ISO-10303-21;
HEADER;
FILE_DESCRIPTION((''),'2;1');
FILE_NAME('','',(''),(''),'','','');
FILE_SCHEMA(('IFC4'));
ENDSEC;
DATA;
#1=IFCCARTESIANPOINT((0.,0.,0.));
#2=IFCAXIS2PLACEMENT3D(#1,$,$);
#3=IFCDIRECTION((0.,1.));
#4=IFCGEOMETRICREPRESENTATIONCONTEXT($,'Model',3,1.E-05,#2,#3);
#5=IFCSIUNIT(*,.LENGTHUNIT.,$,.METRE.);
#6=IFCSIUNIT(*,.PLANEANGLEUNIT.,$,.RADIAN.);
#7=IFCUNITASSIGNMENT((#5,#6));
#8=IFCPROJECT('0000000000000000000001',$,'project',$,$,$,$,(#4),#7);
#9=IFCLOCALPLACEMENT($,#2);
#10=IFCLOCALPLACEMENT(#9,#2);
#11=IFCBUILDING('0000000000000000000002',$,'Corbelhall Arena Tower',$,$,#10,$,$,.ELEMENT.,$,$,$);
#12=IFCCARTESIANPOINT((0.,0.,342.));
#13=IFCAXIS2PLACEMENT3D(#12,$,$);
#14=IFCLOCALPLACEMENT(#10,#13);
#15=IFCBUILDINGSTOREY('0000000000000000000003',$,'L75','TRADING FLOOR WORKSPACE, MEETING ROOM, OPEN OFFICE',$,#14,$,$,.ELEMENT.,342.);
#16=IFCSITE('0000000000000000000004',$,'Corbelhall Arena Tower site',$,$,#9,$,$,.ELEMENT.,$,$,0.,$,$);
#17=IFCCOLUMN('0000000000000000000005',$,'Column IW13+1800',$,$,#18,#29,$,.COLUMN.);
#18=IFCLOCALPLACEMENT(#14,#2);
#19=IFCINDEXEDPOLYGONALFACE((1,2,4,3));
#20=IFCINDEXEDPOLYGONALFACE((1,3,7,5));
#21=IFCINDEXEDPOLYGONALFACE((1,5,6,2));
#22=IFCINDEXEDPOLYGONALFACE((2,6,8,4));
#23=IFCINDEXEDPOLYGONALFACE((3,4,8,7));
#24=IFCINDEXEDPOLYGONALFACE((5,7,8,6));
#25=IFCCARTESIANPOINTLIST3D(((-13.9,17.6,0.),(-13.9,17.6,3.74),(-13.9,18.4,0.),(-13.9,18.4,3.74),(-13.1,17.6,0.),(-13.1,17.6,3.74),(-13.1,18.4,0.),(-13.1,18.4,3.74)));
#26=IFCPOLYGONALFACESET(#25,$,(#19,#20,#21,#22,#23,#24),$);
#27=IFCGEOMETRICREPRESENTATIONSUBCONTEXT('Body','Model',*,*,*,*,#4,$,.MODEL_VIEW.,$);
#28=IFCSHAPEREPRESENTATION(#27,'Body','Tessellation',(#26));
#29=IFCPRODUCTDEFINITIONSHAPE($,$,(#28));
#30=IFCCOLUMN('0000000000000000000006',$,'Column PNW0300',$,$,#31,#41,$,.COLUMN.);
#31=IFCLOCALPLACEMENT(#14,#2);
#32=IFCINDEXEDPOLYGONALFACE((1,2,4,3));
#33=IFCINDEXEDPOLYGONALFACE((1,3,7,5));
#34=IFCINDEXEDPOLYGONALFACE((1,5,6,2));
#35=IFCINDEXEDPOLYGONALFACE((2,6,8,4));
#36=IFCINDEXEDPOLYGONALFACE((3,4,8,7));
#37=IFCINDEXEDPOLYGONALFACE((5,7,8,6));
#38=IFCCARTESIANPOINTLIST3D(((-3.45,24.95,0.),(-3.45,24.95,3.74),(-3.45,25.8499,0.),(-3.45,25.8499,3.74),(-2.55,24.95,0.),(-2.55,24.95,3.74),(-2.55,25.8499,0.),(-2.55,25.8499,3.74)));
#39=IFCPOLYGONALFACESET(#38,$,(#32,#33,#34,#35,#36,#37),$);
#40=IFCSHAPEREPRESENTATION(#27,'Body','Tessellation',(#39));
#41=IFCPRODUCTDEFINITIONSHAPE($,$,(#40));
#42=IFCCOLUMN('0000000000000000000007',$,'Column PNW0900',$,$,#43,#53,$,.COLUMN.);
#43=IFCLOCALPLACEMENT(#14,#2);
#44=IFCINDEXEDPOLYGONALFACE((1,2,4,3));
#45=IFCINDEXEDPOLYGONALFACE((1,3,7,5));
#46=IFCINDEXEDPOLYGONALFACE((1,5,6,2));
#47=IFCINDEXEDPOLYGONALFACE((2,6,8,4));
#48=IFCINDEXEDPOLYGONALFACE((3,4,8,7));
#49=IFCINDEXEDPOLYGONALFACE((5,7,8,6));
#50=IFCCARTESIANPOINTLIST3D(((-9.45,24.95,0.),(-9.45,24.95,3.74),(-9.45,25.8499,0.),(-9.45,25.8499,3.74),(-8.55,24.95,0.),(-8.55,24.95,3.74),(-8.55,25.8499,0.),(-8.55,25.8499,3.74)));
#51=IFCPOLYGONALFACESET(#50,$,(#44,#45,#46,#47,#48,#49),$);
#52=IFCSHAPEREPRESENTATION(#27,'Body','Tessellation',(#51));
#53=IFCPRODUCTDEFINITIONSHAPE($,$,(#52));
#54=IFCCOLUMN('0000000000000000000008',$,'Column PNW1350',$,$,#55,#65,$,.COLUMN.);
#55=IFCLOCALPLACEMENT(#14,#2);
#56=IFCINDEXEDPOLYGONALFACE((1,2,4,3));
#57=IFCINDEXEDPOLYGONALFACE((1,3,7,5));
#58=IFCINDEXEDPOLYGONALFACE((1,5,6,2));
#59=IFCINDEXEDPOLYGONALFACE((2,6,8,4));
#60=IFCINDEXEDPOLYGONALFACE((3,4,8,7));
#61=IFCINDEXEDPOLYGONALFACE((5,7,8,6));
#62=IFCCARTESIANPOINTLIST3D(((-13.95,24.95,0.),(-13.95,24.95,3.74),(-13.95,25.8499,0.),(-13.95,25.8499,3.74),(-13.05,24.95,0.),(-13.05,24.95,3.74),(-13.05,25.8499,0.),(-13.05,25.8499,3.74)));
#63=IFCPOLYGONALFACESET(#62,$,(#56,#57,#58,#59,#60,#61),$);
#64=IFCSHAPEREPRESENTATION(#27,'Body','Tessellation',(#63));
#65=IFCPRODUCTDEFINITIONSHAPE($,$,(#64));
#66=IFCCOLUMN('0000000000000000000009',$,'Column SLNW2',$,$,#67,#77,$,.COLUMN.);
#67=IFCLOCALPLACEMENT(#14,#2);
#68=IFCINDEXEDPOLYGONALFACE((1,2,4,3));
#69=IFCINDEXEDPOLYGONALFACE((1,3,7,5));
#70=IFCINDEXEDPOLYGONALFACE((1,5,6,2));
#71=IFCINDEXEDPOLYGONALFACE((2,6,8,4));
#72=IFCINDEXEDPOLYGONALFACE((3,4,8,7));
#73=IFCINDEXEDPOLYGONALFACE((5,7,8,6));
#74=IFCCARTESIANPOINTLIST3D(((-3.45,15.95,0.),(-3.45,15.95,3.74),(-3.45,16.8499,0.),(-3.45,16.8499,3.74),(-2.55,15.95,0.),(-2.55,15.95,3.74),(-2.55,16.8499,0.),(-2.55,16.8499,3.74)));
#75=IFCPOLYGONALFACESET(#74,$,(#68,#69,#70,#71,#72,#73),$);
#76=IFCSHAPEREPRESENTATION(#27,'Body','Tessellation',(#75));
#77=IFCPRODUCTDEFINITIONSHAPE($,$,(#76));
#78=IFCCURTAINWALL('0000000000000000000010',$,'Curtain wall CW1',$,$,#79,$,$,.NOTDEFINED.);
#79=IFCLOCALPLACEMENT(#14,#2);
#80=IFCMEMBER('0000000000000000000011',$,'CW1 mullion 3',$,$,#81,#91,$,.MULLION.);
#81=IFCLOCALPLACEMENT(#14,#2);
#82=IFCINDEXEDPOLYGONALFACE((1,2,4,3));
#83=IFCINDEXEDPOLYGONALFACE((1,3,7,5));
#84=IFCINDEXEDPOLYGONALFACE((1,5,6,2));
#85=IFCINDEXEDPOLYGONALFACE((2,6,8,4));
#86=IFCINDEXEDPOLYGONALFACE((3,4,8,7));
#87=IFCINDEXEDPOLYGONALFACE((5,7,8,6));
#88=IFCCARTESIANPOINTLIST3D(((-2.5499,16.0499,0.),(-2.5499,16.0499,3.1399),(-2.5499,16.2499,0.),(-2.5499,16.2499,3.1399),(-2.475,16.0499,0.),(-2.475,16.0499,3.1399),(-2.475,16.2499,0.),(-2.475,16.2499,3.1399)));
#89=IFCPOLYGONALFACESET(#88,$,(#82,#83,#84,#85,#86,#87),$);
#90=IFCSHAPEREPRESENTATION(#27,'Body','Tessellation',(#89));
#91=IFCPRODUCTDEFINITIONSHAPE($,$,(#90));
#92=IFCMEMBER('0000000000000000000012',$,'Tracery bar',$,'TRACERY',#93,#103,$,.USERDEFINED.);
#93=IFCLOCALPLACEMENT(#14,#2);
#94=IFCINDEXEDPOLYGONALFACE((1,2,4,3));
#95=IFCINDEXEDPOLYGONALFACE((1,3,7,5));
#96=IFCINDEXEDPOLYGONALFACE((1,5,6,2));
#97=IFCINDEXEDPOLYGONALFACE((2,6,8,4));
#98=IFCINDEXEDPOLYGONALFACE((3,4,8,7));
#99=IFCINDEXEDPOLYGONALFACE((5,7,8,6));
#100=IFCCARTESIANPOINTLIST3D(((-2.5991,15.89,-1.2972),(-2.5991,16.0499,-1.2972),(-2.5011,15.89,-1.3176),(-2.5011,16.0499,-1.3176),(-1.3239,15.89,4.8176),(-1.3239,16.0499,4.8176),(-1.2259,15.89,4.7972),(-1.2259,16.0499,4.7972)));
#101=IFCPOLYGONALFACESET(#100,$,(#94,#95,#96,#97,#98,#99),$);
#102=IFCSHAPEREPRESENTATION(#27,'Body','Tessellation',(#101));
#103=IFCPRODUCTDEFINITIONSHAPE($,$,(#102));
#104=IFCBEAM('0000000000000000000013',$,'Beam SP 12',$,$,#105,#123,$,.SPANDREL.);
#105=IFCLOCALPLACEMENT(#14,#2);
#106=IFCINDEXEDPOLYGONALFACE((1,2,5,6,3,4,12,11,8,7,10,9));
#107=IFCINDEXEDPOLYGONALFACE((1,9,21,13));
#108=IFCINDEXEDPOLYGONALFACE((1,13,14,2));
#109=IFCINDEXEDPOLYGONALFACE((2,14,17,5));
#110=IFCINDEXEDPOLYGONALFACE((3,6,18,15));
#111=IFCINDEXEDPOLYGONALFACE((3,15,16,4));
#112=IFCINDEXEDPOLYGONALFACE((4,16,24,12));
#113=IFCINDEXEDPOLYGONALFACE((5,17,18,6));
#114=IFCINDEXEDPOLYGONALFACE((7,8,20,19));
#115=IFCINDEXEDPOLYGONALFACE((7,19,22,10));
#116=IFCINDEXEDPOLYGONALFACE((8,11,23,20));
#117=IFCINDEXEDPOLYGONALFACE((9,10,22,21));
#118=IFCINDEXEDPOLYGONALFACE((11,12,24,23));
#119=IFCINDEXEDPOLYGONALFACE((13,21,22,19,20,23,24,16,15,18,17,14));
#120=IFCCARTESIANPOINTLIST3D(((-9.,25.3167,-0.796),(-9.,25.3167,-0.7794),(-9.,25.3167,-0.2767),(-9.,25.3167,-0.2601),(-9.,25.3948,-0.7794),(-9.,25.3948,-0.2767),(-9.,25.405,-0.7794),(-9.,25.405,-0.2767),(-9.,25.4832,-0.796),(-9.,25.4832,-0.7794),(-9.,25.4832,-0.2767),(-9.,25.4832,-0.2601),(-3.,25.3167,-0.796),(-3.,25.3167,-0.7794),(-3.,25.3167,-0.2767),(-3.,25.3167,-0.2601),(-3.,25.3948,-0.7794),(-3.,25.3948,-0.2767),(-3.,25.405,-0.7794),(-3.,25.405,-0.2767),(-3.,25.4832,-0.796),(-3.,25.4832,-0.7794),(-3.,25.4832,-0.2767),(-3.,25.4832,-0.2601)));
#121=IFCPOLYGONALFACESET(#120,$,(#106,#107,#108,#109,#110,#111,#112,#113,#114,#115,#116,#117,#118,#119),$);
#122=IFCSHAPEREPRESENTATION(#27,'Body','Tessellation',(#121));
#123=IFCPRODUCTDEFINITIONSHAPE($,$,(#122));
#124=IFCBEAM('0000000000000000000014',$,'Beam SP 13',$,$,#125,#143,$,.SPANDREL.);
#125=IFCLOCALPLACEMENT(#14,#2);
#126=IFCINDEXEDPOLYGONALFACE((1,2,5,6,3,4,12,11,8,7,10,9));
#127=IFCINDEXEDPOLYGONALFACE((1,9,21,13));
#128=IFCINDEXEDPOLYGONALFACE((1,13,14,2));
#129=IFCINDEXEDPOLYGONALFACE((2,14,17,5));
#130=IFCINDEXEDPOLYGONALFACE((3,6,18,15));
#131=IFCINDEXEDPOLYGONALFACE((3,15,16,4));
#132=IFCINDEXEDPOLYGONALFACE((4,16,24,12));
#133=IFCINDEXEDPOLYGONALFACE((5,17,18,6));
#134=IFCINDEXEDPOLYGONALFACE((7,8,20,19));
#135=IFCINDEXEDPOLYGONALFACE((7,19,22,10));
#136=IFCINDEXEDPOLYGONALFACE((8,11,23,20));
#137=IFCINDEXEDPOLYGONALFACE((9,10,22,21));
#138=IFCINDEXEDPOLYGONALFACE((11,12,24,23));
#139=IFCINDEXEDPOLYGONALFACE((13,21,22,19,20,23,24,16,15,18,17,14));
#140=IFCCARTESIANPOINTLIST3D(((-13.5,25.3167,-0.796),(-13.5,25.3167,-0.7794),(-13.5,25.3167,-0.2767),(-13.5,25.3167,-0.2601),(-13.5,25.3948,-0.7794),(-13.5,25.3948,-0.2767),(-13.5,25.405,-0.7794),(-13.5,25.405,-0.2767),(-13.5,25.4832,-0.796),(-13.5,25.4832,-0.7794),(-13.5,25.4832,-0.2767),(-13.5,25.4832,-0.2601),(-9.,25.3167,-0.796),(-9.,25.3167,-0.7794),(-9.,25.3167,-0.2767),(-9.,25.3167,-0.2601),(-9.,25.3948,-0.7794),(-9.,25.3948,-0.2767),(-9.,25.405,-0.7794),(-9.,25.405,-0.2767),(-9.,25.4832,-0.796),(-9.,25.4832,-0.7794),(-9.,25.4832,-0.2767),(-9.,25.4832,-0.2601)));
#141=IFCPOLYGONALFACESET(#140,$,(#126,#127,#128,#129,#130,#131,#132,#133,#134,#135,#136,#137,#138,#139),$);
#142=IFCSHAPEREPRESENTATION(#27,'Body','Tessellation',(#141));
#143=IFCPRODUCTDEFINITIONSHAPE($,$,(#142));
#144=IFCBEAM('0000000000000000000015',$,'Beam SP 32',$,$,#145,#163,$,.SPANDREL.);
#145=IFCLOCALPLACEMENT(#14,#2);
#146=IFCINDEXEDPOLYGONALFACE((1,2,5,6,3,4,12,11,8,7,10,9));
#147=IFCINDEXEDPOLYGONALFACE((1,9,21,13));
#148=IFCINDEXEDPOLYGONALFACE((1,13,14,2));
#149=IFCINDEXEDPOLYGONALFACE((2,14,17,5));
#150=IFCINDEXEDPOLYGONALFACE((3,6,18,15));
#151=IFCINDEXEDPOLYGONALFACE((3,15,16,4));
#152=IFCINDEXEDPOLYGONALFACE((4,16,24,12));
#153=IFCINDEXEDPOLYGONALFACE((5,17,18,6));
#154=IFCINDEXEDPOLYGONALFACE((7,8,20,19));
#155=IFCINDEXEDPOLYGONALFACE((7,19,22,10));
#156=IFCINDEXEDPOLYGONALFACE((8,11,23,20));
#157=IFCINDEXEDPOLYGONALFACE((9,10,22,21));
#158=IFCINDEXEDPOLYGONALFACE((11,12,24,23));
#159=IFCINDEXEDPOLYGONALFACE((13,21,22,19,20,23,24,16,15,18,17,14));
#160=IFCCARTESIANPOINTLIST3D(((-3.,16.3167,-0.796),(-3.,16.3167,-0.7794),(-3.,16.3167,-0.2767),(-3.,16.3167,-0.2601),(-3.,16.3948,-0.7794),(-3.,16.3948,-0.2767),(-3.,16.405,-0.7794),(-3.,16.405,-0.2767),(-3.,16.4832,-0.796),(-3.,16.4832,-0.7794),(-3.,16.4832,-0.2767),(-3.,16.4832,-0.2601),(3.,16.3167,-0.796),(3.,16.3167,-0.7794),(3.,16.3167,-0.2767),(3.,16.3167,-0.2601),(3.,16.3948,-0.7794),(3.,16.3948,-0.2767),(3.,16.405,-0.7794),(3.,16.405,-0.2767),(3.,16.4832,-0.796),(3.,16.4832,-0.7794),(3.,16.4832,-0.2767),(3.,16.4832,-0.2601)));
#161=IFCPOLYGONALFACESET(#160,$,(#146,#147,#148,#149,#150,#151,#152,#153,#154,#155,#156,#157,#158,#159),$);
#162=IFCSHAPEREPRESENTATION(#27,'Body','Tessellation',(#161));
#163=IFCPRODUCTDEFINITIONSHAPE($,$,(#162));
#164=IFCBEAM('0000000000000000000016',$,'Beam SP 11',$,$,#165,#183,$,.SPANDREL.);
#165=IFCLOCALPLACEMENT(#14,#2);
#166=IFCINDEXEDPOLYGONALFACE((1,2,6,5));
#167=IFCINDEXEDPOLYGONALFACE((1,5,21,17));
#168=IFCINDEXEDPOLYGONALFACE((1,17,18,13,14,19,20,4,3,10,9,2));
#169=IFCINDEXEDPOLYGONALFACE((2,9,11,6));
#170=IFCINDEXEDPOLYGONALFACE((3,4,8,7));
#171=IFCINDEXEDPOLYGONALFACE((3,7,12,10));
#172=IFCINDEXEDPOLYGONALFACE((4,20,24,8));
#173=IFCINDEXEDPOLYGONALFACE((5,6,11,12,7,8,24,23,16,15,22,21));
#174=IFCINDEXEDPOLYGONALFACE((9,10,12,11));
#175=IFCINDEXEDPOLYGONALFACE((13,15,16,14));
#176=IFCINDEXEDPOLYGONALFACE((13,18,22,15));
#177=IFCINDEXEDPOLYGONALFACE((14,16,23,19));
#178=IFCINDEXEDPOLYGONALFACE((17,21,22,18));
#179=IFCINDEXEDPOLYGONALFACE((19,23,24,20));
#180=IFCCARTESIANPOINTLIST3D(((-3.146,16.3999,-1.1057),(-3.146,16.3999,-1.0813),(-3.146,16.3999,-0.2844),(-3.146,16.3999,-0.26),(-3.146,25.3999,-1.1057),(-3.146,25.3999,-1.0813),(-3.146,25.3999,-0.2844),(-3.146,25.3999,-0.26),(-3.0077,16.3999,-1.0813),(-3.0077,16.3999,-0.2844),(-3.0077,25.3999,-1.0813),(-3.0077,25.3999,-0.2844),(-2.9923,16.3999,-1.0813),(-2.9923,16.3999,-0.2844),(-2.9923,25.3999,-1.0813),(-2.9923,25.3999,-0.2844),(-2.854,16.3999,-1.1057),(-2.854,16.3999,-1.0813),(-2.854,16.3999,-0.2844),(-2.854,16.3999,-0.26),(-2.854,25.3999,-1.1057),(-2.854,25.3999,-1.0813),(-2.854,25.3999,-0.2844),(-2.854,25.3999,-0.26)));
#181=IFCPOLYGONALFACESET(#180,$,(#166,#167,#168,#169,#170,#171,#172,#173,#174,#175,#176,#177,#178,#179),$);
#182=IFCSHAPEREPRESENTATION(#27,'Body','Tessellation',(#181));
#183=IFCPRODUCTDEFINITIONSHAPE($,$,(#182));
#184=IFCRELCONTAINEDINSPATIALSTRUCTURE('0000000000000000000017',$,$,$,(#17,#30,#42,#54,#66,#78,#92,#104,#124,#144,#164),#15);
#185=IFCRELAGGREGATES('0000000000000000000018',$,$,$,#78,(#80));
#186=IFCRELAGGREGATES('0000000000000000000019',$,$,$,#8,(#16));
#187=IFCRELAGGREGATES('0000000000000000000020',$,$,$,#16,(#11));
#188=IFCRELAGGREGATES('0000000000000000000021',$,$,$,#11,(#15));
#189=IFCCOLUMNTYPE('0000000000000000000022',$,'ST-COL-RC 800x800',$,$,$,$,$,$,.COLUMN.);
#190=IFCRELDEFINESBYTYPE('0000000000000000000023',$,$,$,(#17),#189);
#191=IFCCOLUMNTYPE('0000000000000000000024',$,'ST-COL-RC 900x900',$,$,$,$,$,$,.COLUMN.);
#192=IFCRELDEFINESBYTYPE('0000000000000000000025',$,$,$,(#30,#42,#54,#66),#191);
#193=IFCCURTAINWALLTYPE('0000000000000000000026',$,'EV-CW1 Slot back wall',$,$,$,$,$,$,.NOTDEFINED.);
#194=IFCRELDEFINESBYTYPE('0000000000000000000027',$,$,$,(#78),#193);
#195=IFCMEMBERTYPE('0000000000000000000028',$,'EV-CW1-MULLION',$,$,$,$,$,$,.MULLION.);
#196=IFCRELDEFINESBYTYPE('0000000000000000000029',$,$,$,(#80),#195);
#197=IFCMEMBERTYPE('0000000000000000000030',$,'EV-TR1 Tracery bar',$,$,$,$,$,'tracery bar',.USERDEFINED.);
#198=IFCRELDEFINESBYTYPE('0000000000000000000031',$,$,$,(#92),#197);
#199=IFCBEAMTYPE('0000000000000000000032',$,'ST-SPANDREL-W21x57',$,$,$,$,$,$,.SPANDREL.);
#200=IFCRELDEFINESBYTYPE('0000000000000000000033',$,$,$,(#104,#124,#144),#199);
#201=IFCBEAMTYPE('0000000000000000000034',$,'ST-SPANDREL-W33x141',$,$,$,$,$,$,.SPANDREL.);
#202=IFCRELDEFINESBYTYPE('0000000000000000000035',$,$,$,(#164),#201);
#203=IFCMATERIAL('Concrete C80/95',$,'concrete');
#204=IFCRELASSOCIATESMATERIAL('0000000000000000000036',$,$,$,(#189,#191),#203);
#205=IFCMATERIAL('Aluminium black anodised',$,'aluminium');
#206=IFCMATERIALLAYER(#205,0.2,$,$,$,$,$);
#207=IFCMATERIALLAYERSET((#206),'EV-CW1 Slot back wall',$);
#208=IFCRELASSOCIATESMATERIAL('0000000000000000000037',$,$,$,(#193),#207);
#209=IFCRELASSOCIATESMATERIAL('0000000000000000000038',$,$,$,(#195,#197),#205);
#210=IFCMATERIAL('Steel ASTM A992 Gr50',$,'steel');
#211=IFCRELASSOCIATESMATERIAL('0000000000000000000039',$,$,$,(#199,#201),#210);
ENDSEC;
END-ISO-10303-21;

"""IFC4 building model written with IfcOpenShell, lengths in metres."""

from ifc_helpers import new_model, si_unit, direction, frame, origin, origin_2d, place, context, subcontext, project, spatial, rectangle, i_section, extrude, material, layer, layer_set, material_profile, profile_set, type_object, element, aggregate, save


model = new_model("IFC4")

# Units and contexts
model_context = context("Model", 3, precision=1e-05, world=origin(), true_north=direction((0.0, 1.0)))
body_context = subcontext(model_context, "Body", "Model", "MODEL_VIEW")
ifc_project = project(units=[si_unit("LENGTHUNIT", "METRE"), si_unit("PLANEANGLEUNIT", "RADIAN")], contexts=[model_context])

# Site, building, storey
site_placement = place(None, origin())
site = spatial("IfcSite", under=ifc_project, at=site_placement, Name="Corbelhall Arena Tower site", CompositionType="ELEMENT", RefElevation=0.0)
building_placement = place(site_placement, origin())
building = spatial("IfcBuilding", under=site, at=building_placement, Name="Corbelhall Arena Tower", CompositionType="ELEMENT")
storey_placement = place(building_placement, frame((0.0, 0.0, 342.0)))
storey = spatial("IfcBuildingStorey", under=building, at=storey_placement, Name="L75", Description="TRADING FLOOR WORKSPACE, MEETING ROOM, OPEN OFFICE", CompositionType="ELEMENT", Elevation=342.0)

# Columns
ifc_material_1 = material(Name="Concrete C80/95", Category="concrete")
ifc_material_profile_1 = material_profile(ifc_material_1, rectangle(XDim=0.8, YDim=0.8, at=origin_2d()))
ifc_profile_set_1 = profile_set([ifc_material_profile_1], Name="Concrete C80/95")
column_type_1 = type_object("IfcColumnType", Name="ST-COL-RC 800x800", PredefinedType="COLUMN", material=ifc_profile_set_1)
column_placement = place(storey_placement, frame((-13.5, 18.0, 0.0), z_axis=(0.0, 0.0, 1.0), x_axis=(1.0, 0.0, 0.0)))
element("IfcColumn", 1, at=column_placement, inside=storey, type_object=column_type_1, Name="Column IW13+1800", PredefinedType="COLUMN", context=body_context, shape_type="SweptSolid", body=[
    extrude(rectangle(XDim=0.8, YDim=0.8, at=origin_2d()), origin(), (0.0, 0.0, 1.0), 3.74),
])
ifc_material_profile_2 = material_profile(ifc_material_1, rectangle(XDim=0.8999, YDim=0.8999, at=origin_2d()))
ifc_profile_set_2 = profile_set([ifc_material_profile_2], Name="Concrete C80/95")
column_type_2 = type_object("IfcColumnType", Name="ST-COL-RC 900x900", PredefinedType="COLUMN", material=ifc_profile_set_2)
for number, where, z_axis, x_axis, name in (
    (2, (-3.0, 25.3999, 0.0), (0.0, 0.0, 1.0), (1.0, 0.0, 0.0), "Column PNW0300"),
    (3, (-9.0, 25.3999, 0.0), (0.0, 0.0, 1.0), (1.0, 0.0, 0.0), "Column PNW0900"),
    (4, (-13.5, 25.3999, 0.0), (0.0, 0.0, 1.0), (1.0, 0.0, 0.0), "Column PNW1350"),
    (5, (-3.0, 16.3999, 0.0), (0.0, 0.0, 1.0), (1.0, 0.0, 0.0), "Column SLNW2"),
):
    element("IfcColumn", number, at=place(storey_placement, frame(where, z_axis=z_axis, x_axis=x_axis)), inside=storey, type_object=column_type_2, Name=name, PredefinedType="COLUMN", context=body_context, shape_type="SweptSolid", body=[
        extrude(rectangle(XDim=0.8999, YDim=0.8999, at=origin_2d()), origin(), (0.0, 0.0, 1.0), 3.74),
    ])

# Curtain wall, member
ifc_material_2 = material(Name="Aluminium black anodised", Category="aluminium")
ifc_layer_1 = layer(ifc_material_2, 0.2)
ifc_layer_set_1 = layer_set([ifc_layer_1], Name="EV-CW1 Slot back wall")
curtain_wall_type = type_object("IfcCurtainWallType", Name="EV-CW1 Slot back wall", PredefinedType="NOTDEFINED", material=ifc_layer_set_1)
curtain_wall_placement = place(storey_placement, origin())
curtain_wall = element("IfcCurtainWall", 6, at=curtain_wall_placement, inside=storey, type_object=curtain_wall_type, Name="Curtain wall CW1", PredefinedType="NOTDEFINED")
ifc_material_profile_3 = material_profile(ifc_material_2, rectangle(XDim=0.2, YDim=0.075, at=origin_2d()))
ifc_profile_set_3 = profile_set([ifc_material_profile_3], Name="Aluminium black anodised")
member_type_1 = type_object("IfcMemberType", Name="EV-CW1-MULLION", PredefinedType="MULLION", material=ifc_profile_set_3)
member_1_placement = place(storey_placement, frame((-2.5125, 16.1499, 0.0), z_axis=(0.0, 0.0, 1.0), x_axis=(0.0, -1.0, 0.0)))
member_1 = element("IfcMember", 7, at=member_1_placement, type_object=member_type_1, Name="CW1 mullion 3", PredefinedType="MULLION", context=body_context, shape_type="SweptSolid", body=[
    extrude(rectangle(XDim=0.2, YDim=0.075, at=origin_2d()), origin(), (0.0, 0.0, 1.0), 3.1399),
])

# Member
ifc_material_profile_4 = material_profile(ifc_material_2, rectangle(XDim=0.1599, YDim=0.1001, at=origin_2d()))
ifc_profile_set_4 = profile_set([ifc_material_profile_4], Name="Aluminium black anodised")
member_type_2 = type_object("IfcMemberType", Name="EV-TR1 Tracery bar", ElementType="tracery bar", PredefinedType="USERDEFINED", material=ifc_profile_set_4)
member_2_placement = place(storey_placement, frame((-1.2749, 15.97, 4.8074), z_axis=(-0.204145, 0.0, -0.978941), x_axis=(0.0, -1.0, 0.0)))
element("IfcMember", 8, at=member_2_placement, inside=storey, type_object=member_type_2, Name="Tracery bar", ObjectType="TRACERY", PredefinedType="USERDEFINED", context=body_context, shape_type="SweptSolid", body=[
    extrude(rectangle(XDim=0.1599, YDim=0.1001, at=origin_2d()), origin(), (0.0, 0.0, 1.0), 6.2463),
])

# Beams
ifc_material_3 = material(Name="Steel ASTM A992 Gr50", Category="steel")
ifc_material_profile_5 = material_profile(ifc_material_3, i_section(OverallWidth=0.1665, OverallDepth=0.5359, WebThickness=0.0103, FlangeThickness=0.0166, at=origin_2d()))
ifc_profile_set_5 = profile_set([ifc_material_profile_5], Name="Steel ASTM A992 Gr50")
beam_type_1 = type_object("IfcBeamType", Name="ST-SPANDREL-W21x57", PredefinedType="SPANDREL", material=ifc_profile_set_5)
beam_1_placement = place(storey_placement, frame((-9.0, 25.3999, -0.5281), z_axis=(1.0, 0.0, 0.0), x_axis=(0.0, 1.0, 0.0)))
element("IfcBeam", 9, at=beam_1_placement, inside=storey, type_object=beam_type_1, Name="Beam SP 12", PredefinedType="SPANDREL", context=body_context, shape_type="SweptSolid", body=[
    extrude(i_section(OverallWidth=0.1665, OverallDepth=0.5359, WebThickness=0.0103, FlangeThickness=0.0166, at=origin_2d()), origin(), (0.0, 0.0, 1.0), 6.0),
])
beam_2_placement = place(storey_placement, frame((-13.5, 25.3999, -0.5281), z_axis=(1.0, 0.0, 0.0), x_axis=(0.0, 1.0, 0.0)))
element("IfcBeam", 10, at=beam_2_placement, inside=storey, type_object=beam_type_1, Name="Beam SP 13", PredefinedType="SPANDREL", context=body_context, shape_type="SweptSolid", body=[
    extrude(i_section(OverallWidth=0.1665, OverallDepth=0.5359, WebThickness=0.0103, FlangeThickness=0.0166, at=origin_2d()), origin(), (0.0, 0.0, 1.0), 4.5),
])
beam_3_placement = place(storey_placement, frame((-3.0, 16.3999, -0.5281), z_axis=(1.0, 0.0, 0.0), x_axis=(0.0, 1.0, 0.0)))
element("IfcBeam", 11, at=beam_3_placement, inside=storey, type_object=beam_type_1, Name="Beam SP 32", PredefinedType="SPANDREL", context=body_context, shape_type="SweptSolid", body=[
    extrude(i_section(OverallWidth=0.1665, OverallDepth=0.5359, WebThickness=0.0103, FlangeThickness=0.0166, at=origin_2d()), origin(), (0.0, 0.0, 1.0), 6.0),
])
ifc_material_profile_6 = material_profile(ifc_material_3, i_section(OverallWidth=0.292, OverallDepth=0.8457, WebThickness=0.0154, FlangeThickness=0.0244, at=origin_2d()))
ifc_profile_set_6 = profile_set([ifc_material_profile_6], Name="Steel ASTM A992 Gr50")
beam_type_2 = type_object("IfcBeamType", Name="ST-SPANDREL-W33x141", PredefinedType="SPANDREL", material=ifc_profile_set_6)
beam_4_placement = place(storey_placement, frame((-3.0, 25.3999, -0.6829), z_axis=(0.0, -1.0, 0.0), x_axis=(1.0, 0.0, 0.0)))
element("IfcBeam", 12, at=beam_4_placement, inside=storey, type_object=beam_type_2, Name="Beam SP 11", PredefinedType="SPANDREL", context=body_context, shape_type="SweptSolid", body=[
    extrude(i_section(OverallWidth=0.292, OverallDepth=0.8457, WebThickness=0.0154, FlangeThickness=0.0244, at=origin_2d()), origin(), (0.0, 0.0, 1.0), 9.0),
])

aggregate(curtain_wall, [member_1])

save(model, "model.ifc")
